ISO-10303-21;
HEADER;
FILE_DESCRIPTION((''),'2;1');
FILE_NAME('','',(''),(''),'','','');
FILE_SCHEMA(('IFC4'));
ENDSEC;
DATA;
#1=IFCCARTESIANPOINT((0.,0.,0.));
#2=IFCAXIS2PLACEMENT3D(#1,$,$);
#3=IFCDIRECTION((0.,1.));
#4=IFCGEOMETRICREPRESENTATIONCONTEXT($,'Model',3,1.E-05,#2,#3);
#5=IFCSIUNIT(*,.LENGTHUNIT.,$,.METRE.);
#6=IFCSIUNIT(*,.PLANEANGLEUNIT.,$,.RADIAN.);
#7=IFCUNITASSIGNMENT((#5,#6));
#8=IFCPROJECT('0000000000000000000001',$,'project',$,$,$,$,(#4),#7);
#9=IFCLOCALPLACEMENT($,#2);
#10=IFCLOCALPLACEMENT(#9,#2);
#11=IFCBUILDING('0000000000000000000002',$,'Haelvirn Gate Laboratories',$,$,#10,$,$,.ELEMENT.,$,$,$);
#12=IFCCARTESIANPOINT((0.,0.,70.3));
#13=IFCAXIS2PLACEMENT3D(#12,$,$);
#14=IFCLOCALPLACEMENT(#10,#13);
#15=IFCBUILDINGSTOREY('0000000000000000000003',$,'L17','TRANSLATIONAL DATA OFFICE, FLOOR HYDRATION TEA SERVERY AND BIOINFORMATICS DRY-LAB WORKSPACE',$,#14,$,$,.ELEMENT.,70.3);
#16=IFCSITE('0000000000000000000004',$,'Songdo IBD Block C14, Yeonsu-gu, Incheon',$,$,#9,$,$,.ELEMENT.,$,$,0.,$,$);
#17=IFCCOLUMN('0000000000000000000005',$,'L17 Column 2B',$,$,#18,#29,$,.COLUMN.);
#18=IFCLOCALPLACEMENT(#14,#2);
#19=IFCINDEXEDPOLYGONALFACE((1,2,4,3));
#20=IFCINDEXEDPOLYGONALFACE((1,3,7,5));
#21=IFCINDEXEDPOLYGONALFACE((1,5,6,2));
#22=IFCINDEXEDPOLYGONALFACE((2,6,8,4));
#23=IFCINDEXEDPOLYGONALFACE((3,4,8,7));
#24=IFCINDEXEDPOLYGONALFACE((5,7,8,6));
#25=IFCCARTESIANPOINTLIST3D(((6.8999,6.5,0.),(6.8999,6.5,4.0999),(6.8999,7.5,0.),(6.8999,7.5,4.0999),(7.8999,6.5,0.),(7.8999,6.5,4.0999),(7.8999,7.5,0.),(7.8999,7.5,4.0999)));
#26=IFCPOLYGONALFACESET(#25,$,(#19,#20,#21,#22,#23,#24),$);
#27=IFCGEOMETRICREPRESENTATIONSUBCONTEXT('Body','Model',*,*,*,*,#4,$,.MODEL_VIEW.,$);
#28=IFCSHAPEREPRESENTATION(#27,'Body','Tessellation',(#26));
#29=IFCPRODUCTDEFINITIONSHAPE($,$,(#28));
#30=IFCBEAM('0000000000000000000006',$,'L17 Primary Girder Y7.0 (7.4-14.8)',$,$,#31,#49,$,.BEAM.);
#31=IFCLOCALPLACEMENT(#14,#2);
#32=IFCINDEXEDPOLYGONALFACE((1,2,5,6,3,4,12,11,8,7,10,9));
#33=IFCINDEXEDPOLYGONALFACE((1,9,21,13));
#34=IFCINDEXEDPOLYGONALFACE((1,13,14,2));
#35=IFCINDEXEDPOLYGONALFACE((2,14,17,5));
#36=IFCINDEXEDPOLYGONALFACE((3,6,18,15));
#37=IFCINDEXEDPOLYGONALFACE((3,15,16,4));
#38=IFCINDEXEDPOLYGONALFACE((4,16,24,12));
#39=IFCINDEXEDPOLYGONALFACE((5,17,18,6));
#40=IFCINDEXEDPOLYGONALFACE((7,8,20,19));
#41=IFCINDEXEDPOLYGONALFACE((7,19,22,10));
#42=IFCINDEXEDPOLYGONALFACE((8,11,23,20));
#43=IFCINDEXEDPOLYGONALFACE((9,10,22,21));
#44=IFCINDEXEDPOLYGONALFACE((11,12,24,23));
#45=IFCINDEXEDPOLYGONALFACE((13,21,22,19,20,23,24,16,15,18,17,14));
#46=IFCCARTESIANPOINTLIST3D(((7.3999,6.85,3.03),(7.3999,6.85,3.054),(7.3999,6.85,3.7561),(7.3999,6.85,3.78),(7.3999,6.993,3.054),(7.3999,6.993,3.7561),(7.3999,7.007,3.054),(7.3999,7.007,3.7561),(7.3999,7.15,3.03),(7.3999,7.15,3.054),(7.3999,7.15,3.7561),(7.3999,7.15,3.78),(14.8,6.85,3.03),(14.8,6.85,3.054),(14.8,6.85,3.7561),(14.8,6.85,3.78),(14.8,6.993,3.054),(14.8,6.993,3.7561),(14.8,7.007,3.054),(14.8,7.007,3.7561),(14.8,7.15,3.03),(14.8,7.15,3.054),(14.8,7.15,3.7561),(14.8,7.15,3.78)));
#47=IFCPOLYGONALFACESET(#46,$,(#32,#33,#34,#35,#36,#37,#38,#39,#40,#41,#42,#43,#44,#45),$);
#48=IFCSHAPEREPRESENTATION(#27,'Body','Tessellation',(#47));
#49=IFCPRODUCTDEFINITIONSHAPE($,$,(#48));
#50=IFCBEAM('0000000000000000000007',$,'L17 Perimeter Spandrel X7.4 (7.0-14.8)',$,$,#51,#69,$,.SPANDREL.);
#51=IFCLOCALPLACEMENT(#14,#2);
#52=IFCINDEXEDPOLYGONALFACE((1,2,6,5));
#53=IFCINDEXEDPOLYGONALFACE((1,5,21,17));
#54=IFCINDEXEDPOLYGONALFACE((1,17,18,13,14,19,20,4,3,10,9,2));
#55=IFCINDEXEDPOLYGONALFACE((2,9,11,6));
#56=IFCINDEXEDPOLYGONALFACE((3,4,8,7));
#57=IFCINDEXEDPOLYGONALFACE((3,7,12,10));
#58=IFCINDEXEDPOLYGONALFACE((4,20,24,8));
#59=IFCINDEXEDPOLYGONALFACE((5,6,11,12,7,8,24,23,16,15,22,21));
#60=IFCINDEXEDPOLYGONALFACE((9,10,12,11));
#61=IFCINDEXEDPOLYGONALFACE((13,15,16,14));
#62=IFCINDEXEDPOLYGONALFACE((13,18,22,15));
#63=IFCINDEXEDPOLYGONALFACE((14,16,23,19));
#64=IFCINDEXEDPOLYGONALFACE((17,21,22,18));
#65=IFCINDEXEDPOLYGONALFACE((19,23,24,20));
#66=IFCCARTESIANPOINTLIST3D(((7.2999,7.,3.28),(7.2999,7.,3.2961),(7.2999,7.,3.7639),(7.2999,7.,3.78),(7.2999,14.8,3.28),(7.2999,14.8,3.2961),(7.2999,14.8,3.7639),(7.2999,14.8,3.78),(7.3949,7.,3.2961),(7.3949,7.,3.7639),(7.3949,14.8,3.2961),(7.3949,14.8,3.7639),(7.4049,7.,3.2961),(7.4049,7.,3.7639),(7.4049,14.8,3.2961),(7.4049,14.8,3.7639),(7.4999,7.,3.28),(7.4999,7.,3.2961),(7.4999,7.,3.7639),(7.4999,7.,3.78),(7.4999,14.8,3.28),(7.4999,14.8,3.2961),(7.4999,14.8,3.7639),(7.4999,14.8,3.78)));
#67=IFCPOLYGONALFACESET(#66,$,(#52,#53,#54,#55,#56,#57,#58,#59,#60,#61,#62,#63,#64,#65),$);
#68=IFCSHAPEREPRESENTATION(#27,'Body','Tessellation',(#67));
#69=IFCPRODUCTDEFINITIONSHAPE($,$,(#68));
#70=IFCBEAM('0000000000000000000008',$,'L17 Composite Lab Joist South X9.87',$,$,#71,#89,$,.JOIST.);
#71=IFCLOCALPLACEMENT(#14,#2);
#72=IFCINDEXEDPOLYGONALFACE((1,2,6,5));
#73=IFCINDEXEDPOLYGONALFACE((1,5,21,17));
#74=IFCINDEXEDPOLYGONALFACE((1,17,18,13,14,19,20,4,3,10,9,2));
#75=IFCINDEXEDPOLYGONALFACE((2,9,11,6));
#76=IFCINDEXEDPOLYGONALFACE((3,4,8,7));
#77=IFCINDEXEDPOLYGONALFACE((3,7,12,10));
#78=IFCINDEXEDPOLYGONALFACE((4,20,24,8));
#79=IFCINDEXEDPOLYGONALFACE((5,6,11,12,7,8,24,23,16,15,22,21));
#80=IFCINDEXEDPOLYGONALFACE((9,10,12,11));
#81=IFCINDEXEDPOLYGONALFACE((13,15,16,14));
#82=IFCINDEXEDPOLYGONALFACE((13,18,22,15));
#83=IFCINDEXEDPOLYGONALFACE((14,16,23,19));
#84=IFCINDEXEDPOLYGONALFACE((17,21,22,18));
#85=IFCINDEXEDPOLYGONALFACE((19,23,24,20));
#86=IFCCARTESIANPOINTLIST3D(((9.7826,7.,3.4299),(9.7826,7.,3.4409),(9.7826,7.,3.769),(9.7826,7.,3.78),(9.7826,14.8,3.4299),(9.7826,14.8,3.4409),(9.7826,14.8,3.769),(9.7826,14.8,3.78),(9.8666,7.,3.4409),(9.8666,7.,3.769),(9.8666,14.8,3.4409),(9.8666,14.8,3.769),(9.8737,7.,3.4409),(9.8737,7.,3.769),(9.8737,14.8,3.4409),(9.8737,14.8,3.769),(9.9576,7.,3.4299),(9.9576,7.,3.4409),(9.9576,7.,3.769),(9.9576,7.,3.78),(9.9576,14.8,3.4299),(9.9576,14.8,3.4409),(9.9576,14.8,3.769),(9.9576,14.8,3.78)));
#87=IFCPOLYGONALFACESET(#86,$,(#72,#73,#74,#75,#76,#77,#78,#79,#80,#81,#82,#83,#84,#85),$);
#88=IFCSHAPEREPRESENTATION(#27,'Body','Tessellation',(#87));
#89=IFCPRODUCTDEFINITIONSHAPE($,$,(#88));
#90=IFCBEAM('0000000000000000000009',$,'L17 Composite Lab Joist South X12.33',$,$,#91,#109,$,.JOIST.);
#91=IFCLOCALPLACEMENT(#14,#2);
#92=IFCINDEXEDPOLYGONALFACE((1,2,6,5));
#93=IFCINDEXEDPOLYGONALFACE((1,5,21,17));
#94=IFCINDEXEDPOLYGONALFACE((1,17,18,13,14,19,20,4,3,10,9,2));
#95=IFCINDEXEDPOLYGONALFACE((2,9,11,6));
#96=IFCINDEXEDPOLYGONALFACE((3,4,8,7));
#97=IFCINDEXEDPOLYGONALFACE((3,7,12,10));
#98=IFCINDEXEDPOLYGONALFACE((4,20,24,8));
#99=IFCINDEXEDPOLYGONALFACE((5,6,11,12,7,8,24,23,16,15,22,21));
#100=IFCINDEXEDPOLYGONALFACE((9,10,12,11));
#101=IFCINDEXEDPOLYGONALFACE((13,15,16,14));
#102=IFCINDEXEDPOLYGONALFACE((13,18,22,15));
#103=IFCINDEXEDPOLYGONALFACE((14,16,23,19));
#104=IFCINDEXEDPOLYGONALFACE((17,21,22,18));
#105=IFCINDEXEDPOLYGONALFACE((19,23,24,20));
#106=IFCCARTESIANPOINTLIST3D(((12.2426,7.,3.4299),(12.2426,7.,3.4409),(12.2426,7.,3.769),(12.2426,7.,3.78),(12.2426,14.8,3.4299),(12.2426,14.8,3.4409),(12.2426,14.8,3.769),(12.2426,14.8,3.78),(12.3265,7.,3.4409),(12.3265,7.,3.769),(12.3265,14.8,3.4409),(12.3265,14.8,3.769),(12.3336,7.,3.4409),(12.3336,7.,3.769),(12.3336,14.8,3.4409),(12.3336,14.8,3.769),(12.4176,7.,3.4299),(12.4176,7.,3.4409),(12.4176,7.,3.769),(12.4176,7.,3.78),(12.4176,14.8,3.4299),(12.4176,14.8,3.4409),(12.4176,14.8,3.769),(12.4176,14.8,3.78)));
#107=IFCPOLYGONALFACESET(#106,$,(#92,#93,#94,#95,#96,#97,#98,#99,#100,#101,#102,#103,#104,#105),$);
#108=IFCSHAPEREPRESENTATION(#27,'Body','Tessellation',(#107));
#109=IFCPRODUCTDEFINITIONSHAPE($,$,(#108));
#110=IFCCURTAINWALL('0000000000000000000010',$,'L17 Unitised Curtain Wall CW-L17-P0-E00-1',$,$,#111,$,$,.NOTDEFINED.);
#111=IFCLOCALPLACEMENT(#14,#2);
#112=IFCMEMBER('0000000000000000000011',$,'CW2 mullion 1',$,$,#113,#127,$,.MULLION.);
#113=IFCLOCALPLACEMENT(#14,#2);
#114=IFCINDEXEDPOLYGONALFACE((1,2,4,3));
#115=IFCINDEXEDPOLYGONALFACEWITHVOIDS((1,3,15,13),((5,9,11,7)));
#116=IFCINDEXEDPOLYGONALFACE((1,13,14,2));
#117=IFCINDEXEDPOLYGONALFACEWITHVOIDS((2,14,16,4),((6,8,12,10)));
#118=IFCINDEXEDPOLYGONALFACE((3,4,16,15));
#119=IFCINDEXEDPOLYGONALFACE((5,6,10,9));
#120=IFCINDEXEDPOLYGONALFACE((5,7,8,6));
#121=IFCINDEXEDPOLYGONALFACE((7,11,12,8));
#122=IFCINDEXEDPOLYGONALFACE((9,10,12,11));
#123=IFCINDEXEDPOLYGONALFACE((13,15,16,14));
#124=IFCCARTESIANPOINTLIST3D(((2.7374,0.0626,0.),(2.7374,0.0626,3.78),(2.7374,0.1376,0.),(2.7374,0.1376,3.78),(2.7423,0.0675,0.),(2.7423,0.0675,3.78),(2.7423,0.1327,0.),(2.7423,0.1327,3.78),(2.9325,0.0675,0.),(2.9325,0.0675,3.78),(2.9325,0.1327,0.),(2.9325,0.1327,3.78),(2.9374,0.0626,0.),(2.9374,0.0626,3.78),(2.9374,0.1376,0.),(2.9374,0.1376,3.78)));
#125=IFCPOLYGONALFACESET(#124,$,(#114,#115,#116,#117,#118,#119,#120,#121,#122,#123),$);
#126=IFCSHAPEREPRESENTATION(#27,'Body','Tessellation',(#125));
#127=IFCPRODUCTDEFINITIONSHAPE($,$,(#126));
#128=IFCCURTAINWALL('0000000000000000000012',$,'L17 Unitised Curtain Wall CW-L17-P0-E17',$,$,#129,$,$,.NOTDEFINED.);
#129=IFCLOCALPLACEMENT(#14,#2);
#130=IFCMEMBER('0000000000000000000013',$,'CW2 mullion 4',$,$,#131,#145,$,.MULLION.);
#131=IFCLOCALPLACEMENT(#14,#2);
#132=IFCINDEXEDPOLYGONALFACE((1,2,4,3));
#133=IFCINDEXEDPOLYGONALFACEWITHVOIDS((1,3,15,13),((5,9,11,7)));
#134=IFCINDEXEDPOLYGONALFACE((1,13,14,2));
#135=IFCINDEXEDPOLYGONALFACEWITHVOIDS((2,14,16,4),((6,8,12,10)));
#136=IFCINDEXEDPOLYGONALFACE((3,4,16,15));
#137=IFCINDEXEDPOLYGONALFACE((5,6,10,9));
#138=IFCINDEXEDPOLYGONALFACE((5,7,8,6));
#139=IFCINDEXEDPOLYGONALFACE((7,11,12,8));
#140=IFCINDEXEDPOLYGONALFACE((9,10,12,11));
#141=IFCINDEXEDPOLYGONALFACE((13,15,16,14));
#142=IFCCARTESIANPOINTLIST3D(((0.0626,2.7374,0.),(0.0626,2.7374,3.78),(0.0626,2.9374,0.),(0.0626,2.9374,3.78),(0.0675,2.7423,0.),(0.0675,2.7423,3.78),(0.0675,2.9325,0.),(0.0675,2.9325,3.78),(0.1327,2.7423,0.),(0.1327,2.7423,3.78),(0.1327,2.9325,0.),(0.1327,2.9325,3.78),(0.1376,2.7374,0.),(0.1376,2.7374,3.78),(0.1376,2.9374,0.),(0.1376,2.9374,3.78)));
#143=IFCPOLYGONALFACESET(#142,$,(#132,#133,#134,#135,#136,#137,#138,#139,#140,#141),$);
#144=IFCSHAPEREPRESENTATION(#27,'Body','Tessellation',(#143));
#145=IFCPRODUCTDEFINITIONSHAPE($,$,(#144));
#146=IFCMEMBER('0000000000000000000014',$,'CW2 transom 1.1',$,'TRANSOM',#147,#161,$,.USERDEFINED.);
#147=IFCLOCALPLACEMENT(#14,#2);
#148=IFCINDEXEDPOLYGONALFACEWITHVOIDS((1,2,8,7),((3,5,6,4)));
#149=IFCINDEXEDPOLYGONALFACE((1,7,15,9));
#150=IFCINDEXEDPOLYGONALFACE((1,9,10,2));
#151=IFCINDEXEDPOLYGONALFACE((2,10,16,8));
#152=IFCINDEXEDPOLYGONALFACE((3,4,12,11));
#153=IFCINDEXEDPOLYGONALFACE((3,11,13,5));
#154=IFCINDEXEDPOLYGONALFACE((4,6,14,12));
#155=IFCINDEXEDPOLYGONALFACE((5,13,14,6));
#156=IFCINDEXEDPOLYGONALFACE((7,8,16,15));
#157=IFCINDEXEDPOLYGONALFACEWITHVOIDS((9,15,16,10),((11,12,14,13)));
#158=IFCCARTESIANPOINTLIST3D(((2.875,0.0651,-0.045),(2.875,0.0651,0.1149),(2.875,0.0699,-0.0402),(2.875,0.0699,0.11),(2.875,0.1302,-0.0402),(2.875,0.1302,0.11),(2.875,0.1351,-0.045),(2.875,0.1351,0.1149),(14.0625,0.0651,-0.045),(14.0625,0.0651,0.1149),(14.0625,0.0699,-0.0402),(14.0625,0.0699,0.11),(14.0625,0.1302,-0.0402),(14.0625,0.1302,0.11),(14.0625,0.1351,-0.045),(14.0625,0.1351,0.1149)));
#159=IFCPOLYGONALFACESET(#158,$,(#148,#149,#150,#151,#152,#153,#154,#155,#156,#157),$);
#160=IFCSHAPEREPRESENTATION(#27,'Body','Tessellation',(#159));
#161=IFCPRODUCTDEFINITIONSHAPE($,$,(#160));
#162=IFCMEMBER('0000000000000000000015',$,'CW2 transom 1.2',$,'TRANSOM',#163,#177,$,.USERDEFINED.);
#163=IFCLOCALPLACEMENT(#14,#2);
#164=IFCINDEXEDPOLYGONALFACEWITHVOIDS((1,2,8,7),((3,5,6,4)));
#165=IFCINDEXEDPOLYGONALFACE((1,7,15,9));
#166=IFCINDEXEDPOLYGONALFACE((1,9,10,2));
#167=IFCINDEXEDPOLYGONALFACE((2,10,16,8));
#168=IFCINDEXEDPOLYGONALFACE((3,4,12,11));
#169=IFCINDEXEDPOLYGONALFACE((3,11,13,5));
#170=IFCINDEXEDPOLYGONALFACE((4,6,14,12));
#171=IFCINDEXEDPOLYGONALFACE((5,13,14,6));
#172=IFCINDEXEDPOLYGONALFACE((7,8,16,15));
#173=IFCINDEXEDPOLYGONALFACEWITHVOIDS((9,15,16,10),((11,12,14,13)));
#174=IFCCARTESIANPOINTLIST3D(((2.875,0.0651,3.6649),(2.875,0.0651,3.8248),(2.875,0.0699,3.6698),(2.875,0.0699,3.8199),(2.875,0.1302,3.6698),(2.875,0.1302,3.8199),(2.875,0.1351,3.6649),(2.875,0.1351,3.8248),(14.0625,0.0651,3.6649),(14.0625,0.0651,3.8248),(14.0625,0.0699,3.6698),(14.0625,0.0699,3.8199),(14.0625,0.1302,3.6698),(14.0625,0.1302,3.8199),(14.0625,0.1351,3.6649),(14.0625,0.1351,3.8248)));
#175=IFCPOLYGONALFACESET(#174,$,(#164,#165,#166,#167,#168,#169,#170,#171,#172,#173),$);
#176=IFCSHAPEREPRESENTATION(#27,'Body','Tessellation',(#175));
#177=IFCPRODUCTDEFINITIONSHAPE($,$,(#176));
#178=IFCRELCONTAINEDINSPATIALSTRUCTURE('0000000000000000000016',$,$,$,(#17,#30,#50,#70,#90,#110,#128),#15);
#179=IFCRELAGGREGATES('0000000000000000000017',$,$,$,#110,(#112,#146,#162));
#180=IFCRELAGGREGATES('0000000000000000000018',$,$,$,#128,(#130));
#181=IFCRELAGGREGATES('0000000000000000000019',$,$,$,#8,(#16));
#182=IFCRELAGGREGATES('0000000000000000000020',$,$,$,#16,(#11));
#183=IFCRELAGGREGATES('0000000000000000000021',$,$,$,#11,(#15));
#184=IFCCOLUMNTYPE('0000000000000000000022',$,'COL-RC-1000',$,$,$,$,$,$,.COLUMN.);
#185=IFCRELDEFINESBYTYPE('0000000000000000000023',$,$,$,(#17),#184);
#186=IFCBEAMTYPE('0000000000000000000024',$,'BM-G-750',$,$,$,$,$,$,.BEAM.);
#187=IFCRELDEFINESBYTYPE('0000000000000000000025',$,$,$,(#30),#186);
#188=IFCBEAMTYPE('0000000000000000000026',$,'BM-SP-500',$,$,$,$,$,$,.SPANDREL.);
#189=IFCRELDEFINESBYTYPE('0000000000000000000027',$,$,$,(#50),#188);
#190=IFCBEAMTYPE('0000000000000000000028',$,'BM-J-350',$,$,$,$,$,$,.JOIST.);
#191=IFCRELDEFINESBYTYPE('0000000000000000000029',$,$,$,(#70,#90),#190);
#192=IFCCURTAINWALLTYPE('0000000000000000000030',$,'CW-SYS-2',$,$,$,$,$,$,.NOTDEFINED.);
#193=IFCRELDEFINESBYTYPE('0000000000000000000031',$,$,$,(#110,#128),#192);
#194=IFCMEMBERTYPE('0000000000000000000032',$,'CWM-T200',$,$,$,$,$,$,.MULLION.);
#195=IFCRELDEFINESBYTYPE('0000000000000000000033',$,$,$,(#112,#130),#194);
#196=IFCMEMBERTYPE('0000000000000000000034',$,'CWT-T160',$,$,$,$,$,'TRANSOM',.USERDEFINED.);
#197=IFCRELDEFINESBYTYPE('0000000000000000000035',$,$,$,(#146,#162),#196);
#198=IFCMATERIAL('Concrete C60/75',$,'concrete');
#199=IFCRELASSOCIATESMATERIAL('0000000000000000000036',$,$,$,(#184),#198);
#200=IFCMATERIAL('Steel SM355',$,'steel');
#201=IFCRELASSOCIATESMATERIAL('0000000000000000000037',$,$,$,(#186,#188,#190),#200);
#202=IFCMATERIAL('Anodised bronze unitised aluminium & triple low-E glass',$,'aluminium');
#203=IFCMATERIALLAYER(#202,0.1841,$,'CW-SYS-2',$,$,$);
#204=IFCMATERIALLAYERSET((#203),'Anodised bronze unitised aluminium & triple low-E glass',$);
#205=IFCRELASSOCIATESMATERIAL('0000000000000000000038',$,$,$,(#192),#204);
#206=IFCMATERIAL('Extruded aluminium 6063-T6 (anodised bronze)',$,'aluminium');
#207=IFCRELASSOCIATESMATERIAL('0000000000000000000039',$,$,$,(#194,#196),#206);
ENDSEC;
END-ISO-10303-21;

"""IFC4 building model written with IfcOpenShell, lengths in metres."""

from ifc_helpers import new_model, si_unit, direction, frame, origin, origin_2d, place, context, subcontext, project, spatial, rectangle, hollow_rectangle, i_section, extrude, source, transform, mapped, material, layer, layer_set, material_profile, profile_set, type_object, type_shapes, element, aggregate, save


model = new_model("IFC4")

# Units and contexts
model_context = context("Model", 3, precision=1e-05, world=origin(), true_north=direction((0.0, 1.0)))
body_context = subcontext(model_context, "Body", "Model", "MODEL_VIEW")
ifc_project = project(units=[si_unit("LENGTHUNIT", "METRE"), si_unit("PLANEANGLEUNIT", "RADIAN")], contexts=[model_context])

# Site, building, storey
site_placement = place(None, origin())
site = spatial("IfcSite", under=ifc_project, at=site_placement, Name="Songdo IBD Block C14, Yeonsu-gu, Incheon", CompositionType="ELEMENT", RefElevation=0.0)
building_placement = place(site_placement, origin())
building = spatial("IfcBuilding", under=site, at=building_placement, Name="Haelvirn Gate Laboratories", CompositionType="ELEMENT")
storey_placement = place(building_placement, frame((0.0, 0.0, 70.3)))
storey = spatial("IfcBuildingStorey", under=building, at=storey_placement, Name="L17", Description="TRANSLATIONAL DATA OFFICE, FLOOR HYDRATION TEA SERVERY AND BIOINFORMATICS DRY-LAB WORKSPACE", CompositionType="ELEMENT", Elevation=70.3)

# Column
ifc_material_1 = material(Name="Concrete C60/75", Category="concrete")
ifc_material_profile_1 = material_profile(ifc_material_1, rectangle(XDim=1.0, YDim=1.0, at=origin_2d()), Name="RC-1000x1000")
ifc_profile_set_1 = profile_set([ifc_material_profile_1], Name="Concrete C60/75")
column_type = type_object("IfcColumnType", Name="COL-RC-1000", PredefinedType="COLUMN", material=ifc_profile_set_1)
shared_shape_1 = source(origin(), body_context, "Body", "SweptSolid", [
    extrude(rectangle(XDim=1.0, YDim=1.0, at=origin_2d()), origin(), (0.0, 0.0, 1.0), 4.0999),
])
type_shapes(column_type, [shared_shape_1])
column_placement = place(storey_placement, frame((7.3999, 7.0, 0.0), z_axis=(0.0, 0.0, 1.0), x_axis=(1.0, 0.0, 0.0)))
element("IfcColumn", 1, at=column_placement, inside=storey, type_object=column_type, Name="L17 Column 2B", PredefinedType="COLUMN", context=body_context, shape_type="MappedRepresentation", body=[
    mapped(shared_shape_1, transform((0.0, 0.0, 0.0), scale=1.0)),
])

# Beams
ifc_material_2 = material(Name="Steel SM355", Category="steel")
ifc_material_profile_2 = material_profile(ifc_material_2, i_section(OverallWidth=0.3, OverallDepth=0.75, WebThickness=0.0139, FlangeThickness=0.0239, at=origin_2d()), Name="H-750x300x14x24")
ifc_profile_set_2 = profile_set([ifc_material_profile_2], Name="Steel SM355")
beam_type_1 = type_object("IfcBeamType", Name="BM-G-750", PredefinedType="BEAM", material=ifc_profile_set_2)
shared_shape_2 = source(origin(), body_context, "Body", "SweptSolid", [
    extrude(i_section(OverallWidth=0.3, OverallDepth=0.75, WebThickness=0.0139, FlangeThickness=0.0239, at=origin_2d()), origin(), (0.0, 0.0, 1.0), 7.4001),
])
type_shapes(beam_type_1, [shared_shape_2])
beam_1_placement = place(storey_placement, frame((7.3999, 7.0, 3.405), z_axis=(1.0, 0.0, 0.0), x_axis=(0.0, 1.0, 0.0)))
element("IfcBeam", 2, at=beam_1_placement, inside=storey, type_object=beam_type_1, Name="L17 Primary Girder Y7.0 (7.4-14.8)", PredefinedType="BEAM", context=body_context, shape_type="MappedRepresentation", body=[
    mapped(shared_shape_2, transform((0.0, 0.0, 0.0), scale=1.0)),
])
ifc_material_profile_3 = material_profile(ifc_material_2, i_section(OverallWidth=0.2, OverallDepth=0.5, WebThickness=0.01, FlangeThickness=0.0161, at=origin_2d()), Name="H-500x200x10x16")
ifc_profile_set_3 = profile_set([ifc_material_profile_3], Name="Steel SM355")
beam_type_2 = type_object("IfcBeamType", Name="BM-SP-500", PredefinedType="SPANDREL", material=ifc_profile_set_3)
shared_shape_3 = source(origin(), body_context, "Body", "SweptSolid", [
    extrude(i_section(OverallWidth=0.2, OverallDepth=0.5, WebThickness=0.01, FlangeThickness=0.0161, at=origin_2d()), origin(), (0.0, 0.0, 1.0), 7.8),
])
type_shapes(beam_type_2, [shared_shape_3])
beam_2_placement = place(storey_placement, frame((7.3999, 7.0, 3.53), z_axis=(0.0, 1.0, 0.0), x_axis=(-1.0, 0.0, 0.0)))
element("IfcBeam", 3, at=beam_2_placement, inside=storey, type_object=beam_type_2, Name="L17 Perimeter Spandrel X7.4 (7.0-14.8)", PredefinedType="SPANDREL", context=body_context, shape_type="MappedRepresentation", body=[
    mapped(shared_shape_3, transform((0.0, 0.0, 0.0), scale=1.0)),
])
ifc_material_profile_4 = material_profile(ifc_material_2, i_section(OverallWidth=0.175, OverallDepth=0.3501, WebThickness=0.0071, FlangeThickness=0.011, at=origin_2d()), Name="H-350x175x7x11")
ifc_profile_set_4 = profile_set([ifc_material_profile_4], Name="Steel SM355")
beam_type_3 = type_object("IfcBeamType", Name="BM-J-350", PredefinedType="JOIST", material=ifc_profile_set_4)
shared_shape_4 = source(origin(), body_context, "Body", "SweptSolid", [
    extrude(i_section(OverallWidth=0.175, OverallDepth=0.3501, WebThickness=0.0071, FlangeThickness=0.011, at=origin_2d()), origin(), (0.0, 0.0, 1.0), 7.8),
])
type_shapes(beam_type_3, [shared_shape_4])
for number, where, z_axis, x_axis, name in (
    (4, (9.8701, 7.0, 3.605), (0.0, 1.0, 0.0), (-1.0, 0.0, 0.0), "L17 Composite Lab Joist South X9.87"),
    (5, (12.3301, 7.0, 3.605), (0.0, 1.0, 0.0), (-1.0, 0.0, 0.0), "L17 Composite Lab Joist South X12.33"),
):
    element("IfcBeam", number, at=place(storey_placement, frame(where, z_axis=z_axis, x_axis=x_axis)), inside=storey, type_object=beam_type_3, Name=name, PredefinedType="JOIST", context=body_context, shape_type="MappedRepresentation", body=[
        mapped(shared_shape_4, transform((0.0, 0.0, 0.0), scale=1.0)),
    ])

# Curtain walls, members
ifc_material_3 = material(Name="Anodised bronze unitised aluminium & triple low-E glass", Category="aluminium")
ifc_layer_1 = layer(ifc_material_3, 0.1841, Name="CW-SYS-2")
ifc_layer_set_1 = layer_set([ifc_layer_1], Name="Anodised bronze unitised aluminium & triple low-E glass")
curtain_wall_type_1 = type_object("IfcCurtainWallType", Name="CW-SYS-2", PredefinedType="NOTDEFINED", material=ifc_layer_set_1)
curtain_wall_1_placement = place(storey_placement, origin())
curtain_wall_1 = element("IfcCurtainWall", 6, at=curtain_wall_1_placement, inside=storey, type_object=curtain_wall_type_1, Name="L17 Unitised Curtain Wall CW-L17-P0-E00-1", PredefinedType="NOTDEFINED")
ifc_material_4 = material(Name="Extruded aluminium 6063-T6 (anodised bronze)", Category="aluminium")
ifc_material_profile_5 = material_profile(ifc_material_4, hollow_rectangle(XDim=0.075, YDim=0.2, WallThickness=0.0049, at=origin_2d()), Name="CWM-200x75x5")
ifc_profile_set_5 = profile_set([ifc_material_profile_5], Name="Extruded aluminium 6063-T6 (anodised bronze)")
member_type_1 = type_object("IfcMemberType", Name="CWM-T200", PredefinedType="MULLION", material=ifc_profile_set_5)
shared_shape_5 = source(origin(), body_context, "Body", "SweptSolid", [
    extrude(hollow_rectangle(XDim=0.075, YDim=0.2, WallThickness=0.0049, at=origin_2d()), origin(), (0.0, 0.0, 1.0), 3.78),
])
type_shapes(member_type_1, [shared_shape_5])
member_1_placement = place(storey_placement, frame((2.8374, 0.1001, 0.0), z_axis=(0.0, 0.0, 1.0), x_axis=(0.0, 1.0, 0.0)))
member_1 = element("IfcMember", 7, at=member_1_placement, type_object=member_type_1, Name="CW2 mullion 1", PredefinedType="MULLION", context=body_context, shape_type="MappedRepresentation", body=[
    mapped(shared_shape_5, transform((0.0, 0.0, 0.0), scale=1.0)),
])
curtain_wall_2_placement = place(storey_placement, origin())
curtain_wall_2 = element("IfcCurtainWall", 8, at=curtain_wall_2_placement, inside=storey, type_object=curtain_wall_type_1, Name="L17 Unitised Curtain Wall CW-L17-P0-E17", PredefinedType="NOTDEFINED")
member_2_placement = place(storey_placement, frame((0.1001, 2.8374, 0.0), z_axis=(0.0, 0.0, 1.0), x_axis=(1.0, 0.0, 0.0)))
member_2 = element("IfcMember", 9, at=member_2_placement, type_object=member_type_1, Name="CW2 mullion 4", PredefinedType="MULLION", context=body_context, shape_type="MappedRepresentation", body=[
    mapped(shared_shape_5, transform((0.0, 0.0, 0.0), scale=1.0)),
])

# Members
ifc_material_profile_6 = material_profile(ifc_material_4, hollow_rectangle(XDim=0.0701, YDim=0.1599, WallThickness=0.0049, at=origin_2d()), Name="CWT-160x70x5")
ifc_profile_set_6 = profile_set([ifc_material_profile_6], Name="Extruded aluminium 6063-T6 (anodised bronze)")
member_type_2 = type_object("IfcMemberType", Name="CWT-T160", ElementType="TRANSOM", PredefinedType="USERDEFINED", material=ifc_profile_set_6)
shared_shape_6 = source(origin(), body_context, "Body", "SweptSolid", [
    extrude(hollow_rectangle(XDim=0.0701, YDim=0.1599, WallThickness=0.0049, at=origin_2d()), origin(), (0.0, 0.0, 1.0), 11.1875),
])
type_shapes(member_type_2, [shared_shape_6])
member_3_placement = place(storey_placement, frame((2.875, 0.1001, 0.0349), z_axis=(1.0, 0.0, 0.0), x_axis=(0.0, 1.0, 0.0)))
member_3 = element("IfcMember", 10, at=member_3_placement, type_object=member_type_2, Name="CW2 transom 1.1", ObjectType="TRANSOM", PredefinedType="USERDEFINED", context=body_context, shape_type="MappedRepresentation", body=[
    mapped(shared_shape_6, transform((0.0, 0.0, 0.0), scale=1.0)),
])
member_4_placement = place(storey_placement, frame((2.875, 0.1001, 3.7449), z_axis=(1.0, 0.0, 0.0), x_axis=(0.0, 1.0, 0.0)))
member_4 = element("IfcMember", 11, at=member_4_placement, type_object=member_type_2, Name="CW2 transom 1.2", ObjectType="TRANSOM", PredefinedType="USERDEFINED", context=body_context, shape_type="MappedRepresentation", body=[
    mapped(shared_shape_6, transform((0.0, 0.0, 0.0), scale=1.0)),
])

aggregate(curtain_wall_1, [member_1, member_3, member_4])
aggregate(curtain_wall_2, [member_2])

save(model, "model.ifc")
